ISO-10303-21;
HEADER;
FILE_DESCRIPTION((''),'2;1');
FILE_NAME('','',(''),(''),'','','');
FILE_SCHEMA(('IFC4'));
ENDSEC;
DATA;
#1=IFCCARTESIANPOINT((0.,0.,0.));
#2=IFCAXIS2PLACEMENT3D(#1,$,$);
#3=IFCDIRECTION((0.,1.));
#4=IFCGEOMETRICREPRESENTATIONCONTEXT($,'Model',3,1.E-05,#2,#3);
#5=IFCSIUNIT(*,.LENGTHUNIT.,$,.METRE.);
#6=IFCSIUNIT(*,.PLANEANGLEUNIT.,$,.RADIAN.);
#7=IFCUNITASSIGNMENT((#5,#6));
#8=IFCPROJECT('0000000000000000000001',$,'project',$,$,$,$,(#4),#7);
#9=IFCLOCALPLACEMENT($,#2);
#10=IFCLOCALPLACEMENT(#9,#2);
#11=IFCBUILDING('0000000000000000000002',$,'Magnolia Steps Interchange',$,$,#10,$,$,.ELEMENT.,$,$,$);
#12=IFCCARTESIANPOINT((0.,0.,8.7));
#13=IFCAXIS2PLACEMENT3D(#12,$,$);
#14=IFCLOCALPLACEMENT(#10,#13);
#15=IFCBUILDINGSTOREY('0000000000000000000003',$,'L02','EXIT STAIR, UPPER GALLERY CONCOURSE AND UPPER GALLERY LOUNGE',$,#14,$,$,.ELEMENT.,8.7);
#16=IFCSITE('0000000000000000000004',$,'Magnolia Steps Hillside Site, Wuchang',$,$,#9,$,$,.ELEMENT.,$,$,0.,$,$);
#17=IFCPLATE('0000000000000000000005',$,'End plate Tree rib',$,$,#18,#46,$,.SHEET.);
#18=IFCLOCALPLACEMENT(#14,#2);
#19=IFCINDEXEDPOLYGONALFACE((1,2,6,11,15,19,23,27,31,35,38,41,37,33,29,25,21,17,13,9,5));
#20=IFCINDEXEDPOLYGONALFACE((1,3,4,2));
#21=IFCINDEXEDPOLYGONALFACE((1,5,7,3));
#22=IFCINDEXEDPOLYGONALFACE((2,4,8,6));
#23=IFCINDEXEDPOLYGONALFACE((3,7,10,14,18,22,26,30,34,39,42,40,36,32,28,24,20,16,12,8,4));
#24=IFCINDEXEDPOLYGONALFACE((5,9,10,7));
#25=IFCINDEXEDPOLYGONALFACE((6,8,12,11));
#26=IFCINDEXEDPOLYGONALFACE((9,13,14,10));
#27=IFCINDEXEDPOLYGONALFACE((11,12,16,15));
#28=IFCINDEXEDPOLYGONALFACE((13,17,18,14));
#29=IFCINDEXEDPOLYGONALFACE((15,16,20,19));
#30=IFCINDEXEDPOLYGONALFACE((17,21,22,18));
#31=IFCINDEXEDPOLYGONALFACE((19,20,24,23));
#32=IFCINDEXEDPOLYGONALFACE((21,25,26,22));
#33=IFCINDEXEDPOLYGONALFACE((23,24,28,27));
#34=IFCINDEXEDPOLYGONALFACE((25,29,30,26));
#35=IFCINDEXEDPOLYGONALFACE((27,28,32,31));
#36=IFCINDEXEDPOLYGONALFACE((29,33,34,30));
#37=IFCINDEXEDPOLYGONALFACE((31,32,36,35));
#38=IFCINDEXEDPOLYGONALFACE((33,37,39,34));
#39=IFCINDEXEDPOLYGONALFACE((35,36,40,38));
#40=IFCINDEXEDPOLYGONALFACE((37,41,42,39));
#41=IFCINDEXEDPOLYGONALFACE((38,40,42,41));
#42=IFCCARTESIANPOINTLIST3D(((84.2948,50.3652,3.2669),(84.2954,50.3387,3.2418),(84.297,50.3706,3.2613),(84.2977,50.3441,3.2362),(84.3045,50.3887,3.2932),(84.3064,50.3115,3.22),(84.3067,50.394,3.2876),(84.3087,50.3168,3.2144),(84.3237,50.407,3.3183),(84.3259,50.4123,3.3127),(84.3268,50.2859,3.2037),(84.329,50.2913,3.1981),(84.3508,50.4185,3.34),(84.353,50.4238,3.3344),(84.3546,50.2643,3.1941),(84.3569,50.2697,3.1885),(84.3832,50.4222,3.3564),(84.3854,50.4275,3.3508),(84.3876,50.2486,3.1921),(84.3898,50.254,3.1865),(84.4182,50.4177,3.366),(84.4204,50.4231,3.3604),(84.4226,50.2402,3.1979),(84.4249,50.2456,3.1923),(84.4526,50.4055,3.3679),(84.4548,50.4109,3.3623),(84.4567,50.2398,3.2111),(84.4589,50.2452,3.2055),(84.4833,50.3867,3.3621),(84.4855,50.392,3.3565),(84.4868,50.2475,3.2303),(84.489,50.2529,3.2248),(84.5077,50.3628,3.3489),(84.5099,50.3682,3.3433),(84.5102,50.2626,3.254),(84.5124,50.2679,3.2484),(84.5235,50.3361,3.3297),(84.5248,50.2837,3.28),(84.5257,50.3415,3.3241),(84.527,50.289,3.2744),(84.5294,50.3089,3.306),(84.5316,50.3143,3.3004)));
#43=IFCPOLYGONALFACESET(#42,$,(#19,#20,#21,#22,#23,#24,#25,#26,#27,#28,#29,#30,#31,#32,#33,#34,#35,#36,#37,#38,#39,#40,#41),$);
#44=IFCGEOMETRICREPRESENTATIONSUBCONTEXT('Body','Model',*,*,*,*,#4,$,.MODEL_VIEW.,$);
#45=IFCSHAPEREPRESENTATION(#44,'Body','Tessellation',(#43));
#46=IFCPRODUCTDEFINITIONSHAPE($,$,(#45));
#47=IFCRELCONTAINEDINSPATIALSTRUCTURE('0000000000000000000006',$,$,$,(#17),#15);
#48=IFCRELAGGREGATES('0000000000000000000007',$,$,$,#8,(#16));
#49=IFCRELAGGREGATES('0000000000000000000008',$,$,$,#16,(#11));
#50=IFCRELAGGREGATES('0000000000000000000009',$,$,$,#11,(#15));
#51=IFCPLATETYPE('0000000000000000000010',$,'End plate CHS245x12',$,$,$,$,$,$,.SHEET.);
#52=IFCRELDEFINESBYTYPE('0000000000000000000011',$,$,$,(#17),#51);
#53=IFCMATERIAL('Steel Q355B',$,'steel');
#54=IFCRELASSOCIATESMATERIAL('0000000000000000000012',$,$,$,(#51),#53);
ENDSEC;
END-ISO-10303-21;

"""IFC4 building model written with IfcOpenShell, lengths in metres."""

from ifc_helpers import new_model, si_unit, direction, frame, origin, origin_2d, place, context, subcontext, project, spatial, circle, extrude, material, material_profile, profile_set, type_object, element, save


model = new_model("IFC4")

# Units and contexts
model_context = context("Model", 3, precision=1e-05, world=origin(), true_north=direction((0.0, 1.0)))
body_context = subcontext(model_context, "Body", "Model", "MODEL_VIEW")
ifc_project = project(units=[si_unit("LENGTHUNIT", "METRE"), si_unit("PLANEANGLEUNIT", "RADIAN")], contexts=[model_context])

# Site, building, storey
site_placement = place(None, origin())
site = spatial("IfcSite", under=ifc_project, at=site_placement, Name="Magnolia Steps Hillside Site, Wuchang", CompositionType="ELEMENT", RefElevation=0.0)
building_placement = place(site_placement, origin())
building = spatial("IfcBuilding", under=site, at=building_placement, Name="Magnolia Steps Interchange", CompositionType="ELEMENT")
storey_placement = place(building_placement, frame((0.0, 0.0, 8.7)))
storey = spatial("IfcBuildingStorey", under=building, at=storey_placement, Name="L02", Description="EXIT STAIR, UPPER GALLERY CONCOURSE AND UPPER GALLERY LOUNGE", CompositionType="ELEMENT", Elevation=8.7)

# Plate
ifc_material_1 = material(Name="Steel Q355B", Category="steel")
ifc_material_profile_1 = material_profile(ifc_material_1, circle(Radius=0.1226, at=origin_2d()), Name="End plate CHS245x12")
ifc_profile_set_1 = profile_set([ifc_material_profile_1], Name="Steel Q355B")
plate_type = type_object("IfcPlateType", Name="End plate CHS245x12", PredefinedType="SHEET", material=ifc_profile_set_1)
for number, where, z_axis, x_axis, name in (
    (1, (84.4138, 50.3359, 3.2744), (-0.275279, -0.664583, 0.694658), (0.92388, -0.382683, 0.0), "End plate Tree rib"),
):
    element("IfcPlate", number, at=place(storey_placement, frame(where, z_axis=z_axis, x_axis=x_axis)), inside=storey, type_object=plate_type, Name=name, PredefinedType="SHEET", context=body_context, shape_type="SweptSolid", body=[
        extrude(circle(Radius=0.1226, at=origin_2d()), origin(), (0.0, 0.0, 1.0), 0.0081),
    ])

save(model, "model.ifc")
